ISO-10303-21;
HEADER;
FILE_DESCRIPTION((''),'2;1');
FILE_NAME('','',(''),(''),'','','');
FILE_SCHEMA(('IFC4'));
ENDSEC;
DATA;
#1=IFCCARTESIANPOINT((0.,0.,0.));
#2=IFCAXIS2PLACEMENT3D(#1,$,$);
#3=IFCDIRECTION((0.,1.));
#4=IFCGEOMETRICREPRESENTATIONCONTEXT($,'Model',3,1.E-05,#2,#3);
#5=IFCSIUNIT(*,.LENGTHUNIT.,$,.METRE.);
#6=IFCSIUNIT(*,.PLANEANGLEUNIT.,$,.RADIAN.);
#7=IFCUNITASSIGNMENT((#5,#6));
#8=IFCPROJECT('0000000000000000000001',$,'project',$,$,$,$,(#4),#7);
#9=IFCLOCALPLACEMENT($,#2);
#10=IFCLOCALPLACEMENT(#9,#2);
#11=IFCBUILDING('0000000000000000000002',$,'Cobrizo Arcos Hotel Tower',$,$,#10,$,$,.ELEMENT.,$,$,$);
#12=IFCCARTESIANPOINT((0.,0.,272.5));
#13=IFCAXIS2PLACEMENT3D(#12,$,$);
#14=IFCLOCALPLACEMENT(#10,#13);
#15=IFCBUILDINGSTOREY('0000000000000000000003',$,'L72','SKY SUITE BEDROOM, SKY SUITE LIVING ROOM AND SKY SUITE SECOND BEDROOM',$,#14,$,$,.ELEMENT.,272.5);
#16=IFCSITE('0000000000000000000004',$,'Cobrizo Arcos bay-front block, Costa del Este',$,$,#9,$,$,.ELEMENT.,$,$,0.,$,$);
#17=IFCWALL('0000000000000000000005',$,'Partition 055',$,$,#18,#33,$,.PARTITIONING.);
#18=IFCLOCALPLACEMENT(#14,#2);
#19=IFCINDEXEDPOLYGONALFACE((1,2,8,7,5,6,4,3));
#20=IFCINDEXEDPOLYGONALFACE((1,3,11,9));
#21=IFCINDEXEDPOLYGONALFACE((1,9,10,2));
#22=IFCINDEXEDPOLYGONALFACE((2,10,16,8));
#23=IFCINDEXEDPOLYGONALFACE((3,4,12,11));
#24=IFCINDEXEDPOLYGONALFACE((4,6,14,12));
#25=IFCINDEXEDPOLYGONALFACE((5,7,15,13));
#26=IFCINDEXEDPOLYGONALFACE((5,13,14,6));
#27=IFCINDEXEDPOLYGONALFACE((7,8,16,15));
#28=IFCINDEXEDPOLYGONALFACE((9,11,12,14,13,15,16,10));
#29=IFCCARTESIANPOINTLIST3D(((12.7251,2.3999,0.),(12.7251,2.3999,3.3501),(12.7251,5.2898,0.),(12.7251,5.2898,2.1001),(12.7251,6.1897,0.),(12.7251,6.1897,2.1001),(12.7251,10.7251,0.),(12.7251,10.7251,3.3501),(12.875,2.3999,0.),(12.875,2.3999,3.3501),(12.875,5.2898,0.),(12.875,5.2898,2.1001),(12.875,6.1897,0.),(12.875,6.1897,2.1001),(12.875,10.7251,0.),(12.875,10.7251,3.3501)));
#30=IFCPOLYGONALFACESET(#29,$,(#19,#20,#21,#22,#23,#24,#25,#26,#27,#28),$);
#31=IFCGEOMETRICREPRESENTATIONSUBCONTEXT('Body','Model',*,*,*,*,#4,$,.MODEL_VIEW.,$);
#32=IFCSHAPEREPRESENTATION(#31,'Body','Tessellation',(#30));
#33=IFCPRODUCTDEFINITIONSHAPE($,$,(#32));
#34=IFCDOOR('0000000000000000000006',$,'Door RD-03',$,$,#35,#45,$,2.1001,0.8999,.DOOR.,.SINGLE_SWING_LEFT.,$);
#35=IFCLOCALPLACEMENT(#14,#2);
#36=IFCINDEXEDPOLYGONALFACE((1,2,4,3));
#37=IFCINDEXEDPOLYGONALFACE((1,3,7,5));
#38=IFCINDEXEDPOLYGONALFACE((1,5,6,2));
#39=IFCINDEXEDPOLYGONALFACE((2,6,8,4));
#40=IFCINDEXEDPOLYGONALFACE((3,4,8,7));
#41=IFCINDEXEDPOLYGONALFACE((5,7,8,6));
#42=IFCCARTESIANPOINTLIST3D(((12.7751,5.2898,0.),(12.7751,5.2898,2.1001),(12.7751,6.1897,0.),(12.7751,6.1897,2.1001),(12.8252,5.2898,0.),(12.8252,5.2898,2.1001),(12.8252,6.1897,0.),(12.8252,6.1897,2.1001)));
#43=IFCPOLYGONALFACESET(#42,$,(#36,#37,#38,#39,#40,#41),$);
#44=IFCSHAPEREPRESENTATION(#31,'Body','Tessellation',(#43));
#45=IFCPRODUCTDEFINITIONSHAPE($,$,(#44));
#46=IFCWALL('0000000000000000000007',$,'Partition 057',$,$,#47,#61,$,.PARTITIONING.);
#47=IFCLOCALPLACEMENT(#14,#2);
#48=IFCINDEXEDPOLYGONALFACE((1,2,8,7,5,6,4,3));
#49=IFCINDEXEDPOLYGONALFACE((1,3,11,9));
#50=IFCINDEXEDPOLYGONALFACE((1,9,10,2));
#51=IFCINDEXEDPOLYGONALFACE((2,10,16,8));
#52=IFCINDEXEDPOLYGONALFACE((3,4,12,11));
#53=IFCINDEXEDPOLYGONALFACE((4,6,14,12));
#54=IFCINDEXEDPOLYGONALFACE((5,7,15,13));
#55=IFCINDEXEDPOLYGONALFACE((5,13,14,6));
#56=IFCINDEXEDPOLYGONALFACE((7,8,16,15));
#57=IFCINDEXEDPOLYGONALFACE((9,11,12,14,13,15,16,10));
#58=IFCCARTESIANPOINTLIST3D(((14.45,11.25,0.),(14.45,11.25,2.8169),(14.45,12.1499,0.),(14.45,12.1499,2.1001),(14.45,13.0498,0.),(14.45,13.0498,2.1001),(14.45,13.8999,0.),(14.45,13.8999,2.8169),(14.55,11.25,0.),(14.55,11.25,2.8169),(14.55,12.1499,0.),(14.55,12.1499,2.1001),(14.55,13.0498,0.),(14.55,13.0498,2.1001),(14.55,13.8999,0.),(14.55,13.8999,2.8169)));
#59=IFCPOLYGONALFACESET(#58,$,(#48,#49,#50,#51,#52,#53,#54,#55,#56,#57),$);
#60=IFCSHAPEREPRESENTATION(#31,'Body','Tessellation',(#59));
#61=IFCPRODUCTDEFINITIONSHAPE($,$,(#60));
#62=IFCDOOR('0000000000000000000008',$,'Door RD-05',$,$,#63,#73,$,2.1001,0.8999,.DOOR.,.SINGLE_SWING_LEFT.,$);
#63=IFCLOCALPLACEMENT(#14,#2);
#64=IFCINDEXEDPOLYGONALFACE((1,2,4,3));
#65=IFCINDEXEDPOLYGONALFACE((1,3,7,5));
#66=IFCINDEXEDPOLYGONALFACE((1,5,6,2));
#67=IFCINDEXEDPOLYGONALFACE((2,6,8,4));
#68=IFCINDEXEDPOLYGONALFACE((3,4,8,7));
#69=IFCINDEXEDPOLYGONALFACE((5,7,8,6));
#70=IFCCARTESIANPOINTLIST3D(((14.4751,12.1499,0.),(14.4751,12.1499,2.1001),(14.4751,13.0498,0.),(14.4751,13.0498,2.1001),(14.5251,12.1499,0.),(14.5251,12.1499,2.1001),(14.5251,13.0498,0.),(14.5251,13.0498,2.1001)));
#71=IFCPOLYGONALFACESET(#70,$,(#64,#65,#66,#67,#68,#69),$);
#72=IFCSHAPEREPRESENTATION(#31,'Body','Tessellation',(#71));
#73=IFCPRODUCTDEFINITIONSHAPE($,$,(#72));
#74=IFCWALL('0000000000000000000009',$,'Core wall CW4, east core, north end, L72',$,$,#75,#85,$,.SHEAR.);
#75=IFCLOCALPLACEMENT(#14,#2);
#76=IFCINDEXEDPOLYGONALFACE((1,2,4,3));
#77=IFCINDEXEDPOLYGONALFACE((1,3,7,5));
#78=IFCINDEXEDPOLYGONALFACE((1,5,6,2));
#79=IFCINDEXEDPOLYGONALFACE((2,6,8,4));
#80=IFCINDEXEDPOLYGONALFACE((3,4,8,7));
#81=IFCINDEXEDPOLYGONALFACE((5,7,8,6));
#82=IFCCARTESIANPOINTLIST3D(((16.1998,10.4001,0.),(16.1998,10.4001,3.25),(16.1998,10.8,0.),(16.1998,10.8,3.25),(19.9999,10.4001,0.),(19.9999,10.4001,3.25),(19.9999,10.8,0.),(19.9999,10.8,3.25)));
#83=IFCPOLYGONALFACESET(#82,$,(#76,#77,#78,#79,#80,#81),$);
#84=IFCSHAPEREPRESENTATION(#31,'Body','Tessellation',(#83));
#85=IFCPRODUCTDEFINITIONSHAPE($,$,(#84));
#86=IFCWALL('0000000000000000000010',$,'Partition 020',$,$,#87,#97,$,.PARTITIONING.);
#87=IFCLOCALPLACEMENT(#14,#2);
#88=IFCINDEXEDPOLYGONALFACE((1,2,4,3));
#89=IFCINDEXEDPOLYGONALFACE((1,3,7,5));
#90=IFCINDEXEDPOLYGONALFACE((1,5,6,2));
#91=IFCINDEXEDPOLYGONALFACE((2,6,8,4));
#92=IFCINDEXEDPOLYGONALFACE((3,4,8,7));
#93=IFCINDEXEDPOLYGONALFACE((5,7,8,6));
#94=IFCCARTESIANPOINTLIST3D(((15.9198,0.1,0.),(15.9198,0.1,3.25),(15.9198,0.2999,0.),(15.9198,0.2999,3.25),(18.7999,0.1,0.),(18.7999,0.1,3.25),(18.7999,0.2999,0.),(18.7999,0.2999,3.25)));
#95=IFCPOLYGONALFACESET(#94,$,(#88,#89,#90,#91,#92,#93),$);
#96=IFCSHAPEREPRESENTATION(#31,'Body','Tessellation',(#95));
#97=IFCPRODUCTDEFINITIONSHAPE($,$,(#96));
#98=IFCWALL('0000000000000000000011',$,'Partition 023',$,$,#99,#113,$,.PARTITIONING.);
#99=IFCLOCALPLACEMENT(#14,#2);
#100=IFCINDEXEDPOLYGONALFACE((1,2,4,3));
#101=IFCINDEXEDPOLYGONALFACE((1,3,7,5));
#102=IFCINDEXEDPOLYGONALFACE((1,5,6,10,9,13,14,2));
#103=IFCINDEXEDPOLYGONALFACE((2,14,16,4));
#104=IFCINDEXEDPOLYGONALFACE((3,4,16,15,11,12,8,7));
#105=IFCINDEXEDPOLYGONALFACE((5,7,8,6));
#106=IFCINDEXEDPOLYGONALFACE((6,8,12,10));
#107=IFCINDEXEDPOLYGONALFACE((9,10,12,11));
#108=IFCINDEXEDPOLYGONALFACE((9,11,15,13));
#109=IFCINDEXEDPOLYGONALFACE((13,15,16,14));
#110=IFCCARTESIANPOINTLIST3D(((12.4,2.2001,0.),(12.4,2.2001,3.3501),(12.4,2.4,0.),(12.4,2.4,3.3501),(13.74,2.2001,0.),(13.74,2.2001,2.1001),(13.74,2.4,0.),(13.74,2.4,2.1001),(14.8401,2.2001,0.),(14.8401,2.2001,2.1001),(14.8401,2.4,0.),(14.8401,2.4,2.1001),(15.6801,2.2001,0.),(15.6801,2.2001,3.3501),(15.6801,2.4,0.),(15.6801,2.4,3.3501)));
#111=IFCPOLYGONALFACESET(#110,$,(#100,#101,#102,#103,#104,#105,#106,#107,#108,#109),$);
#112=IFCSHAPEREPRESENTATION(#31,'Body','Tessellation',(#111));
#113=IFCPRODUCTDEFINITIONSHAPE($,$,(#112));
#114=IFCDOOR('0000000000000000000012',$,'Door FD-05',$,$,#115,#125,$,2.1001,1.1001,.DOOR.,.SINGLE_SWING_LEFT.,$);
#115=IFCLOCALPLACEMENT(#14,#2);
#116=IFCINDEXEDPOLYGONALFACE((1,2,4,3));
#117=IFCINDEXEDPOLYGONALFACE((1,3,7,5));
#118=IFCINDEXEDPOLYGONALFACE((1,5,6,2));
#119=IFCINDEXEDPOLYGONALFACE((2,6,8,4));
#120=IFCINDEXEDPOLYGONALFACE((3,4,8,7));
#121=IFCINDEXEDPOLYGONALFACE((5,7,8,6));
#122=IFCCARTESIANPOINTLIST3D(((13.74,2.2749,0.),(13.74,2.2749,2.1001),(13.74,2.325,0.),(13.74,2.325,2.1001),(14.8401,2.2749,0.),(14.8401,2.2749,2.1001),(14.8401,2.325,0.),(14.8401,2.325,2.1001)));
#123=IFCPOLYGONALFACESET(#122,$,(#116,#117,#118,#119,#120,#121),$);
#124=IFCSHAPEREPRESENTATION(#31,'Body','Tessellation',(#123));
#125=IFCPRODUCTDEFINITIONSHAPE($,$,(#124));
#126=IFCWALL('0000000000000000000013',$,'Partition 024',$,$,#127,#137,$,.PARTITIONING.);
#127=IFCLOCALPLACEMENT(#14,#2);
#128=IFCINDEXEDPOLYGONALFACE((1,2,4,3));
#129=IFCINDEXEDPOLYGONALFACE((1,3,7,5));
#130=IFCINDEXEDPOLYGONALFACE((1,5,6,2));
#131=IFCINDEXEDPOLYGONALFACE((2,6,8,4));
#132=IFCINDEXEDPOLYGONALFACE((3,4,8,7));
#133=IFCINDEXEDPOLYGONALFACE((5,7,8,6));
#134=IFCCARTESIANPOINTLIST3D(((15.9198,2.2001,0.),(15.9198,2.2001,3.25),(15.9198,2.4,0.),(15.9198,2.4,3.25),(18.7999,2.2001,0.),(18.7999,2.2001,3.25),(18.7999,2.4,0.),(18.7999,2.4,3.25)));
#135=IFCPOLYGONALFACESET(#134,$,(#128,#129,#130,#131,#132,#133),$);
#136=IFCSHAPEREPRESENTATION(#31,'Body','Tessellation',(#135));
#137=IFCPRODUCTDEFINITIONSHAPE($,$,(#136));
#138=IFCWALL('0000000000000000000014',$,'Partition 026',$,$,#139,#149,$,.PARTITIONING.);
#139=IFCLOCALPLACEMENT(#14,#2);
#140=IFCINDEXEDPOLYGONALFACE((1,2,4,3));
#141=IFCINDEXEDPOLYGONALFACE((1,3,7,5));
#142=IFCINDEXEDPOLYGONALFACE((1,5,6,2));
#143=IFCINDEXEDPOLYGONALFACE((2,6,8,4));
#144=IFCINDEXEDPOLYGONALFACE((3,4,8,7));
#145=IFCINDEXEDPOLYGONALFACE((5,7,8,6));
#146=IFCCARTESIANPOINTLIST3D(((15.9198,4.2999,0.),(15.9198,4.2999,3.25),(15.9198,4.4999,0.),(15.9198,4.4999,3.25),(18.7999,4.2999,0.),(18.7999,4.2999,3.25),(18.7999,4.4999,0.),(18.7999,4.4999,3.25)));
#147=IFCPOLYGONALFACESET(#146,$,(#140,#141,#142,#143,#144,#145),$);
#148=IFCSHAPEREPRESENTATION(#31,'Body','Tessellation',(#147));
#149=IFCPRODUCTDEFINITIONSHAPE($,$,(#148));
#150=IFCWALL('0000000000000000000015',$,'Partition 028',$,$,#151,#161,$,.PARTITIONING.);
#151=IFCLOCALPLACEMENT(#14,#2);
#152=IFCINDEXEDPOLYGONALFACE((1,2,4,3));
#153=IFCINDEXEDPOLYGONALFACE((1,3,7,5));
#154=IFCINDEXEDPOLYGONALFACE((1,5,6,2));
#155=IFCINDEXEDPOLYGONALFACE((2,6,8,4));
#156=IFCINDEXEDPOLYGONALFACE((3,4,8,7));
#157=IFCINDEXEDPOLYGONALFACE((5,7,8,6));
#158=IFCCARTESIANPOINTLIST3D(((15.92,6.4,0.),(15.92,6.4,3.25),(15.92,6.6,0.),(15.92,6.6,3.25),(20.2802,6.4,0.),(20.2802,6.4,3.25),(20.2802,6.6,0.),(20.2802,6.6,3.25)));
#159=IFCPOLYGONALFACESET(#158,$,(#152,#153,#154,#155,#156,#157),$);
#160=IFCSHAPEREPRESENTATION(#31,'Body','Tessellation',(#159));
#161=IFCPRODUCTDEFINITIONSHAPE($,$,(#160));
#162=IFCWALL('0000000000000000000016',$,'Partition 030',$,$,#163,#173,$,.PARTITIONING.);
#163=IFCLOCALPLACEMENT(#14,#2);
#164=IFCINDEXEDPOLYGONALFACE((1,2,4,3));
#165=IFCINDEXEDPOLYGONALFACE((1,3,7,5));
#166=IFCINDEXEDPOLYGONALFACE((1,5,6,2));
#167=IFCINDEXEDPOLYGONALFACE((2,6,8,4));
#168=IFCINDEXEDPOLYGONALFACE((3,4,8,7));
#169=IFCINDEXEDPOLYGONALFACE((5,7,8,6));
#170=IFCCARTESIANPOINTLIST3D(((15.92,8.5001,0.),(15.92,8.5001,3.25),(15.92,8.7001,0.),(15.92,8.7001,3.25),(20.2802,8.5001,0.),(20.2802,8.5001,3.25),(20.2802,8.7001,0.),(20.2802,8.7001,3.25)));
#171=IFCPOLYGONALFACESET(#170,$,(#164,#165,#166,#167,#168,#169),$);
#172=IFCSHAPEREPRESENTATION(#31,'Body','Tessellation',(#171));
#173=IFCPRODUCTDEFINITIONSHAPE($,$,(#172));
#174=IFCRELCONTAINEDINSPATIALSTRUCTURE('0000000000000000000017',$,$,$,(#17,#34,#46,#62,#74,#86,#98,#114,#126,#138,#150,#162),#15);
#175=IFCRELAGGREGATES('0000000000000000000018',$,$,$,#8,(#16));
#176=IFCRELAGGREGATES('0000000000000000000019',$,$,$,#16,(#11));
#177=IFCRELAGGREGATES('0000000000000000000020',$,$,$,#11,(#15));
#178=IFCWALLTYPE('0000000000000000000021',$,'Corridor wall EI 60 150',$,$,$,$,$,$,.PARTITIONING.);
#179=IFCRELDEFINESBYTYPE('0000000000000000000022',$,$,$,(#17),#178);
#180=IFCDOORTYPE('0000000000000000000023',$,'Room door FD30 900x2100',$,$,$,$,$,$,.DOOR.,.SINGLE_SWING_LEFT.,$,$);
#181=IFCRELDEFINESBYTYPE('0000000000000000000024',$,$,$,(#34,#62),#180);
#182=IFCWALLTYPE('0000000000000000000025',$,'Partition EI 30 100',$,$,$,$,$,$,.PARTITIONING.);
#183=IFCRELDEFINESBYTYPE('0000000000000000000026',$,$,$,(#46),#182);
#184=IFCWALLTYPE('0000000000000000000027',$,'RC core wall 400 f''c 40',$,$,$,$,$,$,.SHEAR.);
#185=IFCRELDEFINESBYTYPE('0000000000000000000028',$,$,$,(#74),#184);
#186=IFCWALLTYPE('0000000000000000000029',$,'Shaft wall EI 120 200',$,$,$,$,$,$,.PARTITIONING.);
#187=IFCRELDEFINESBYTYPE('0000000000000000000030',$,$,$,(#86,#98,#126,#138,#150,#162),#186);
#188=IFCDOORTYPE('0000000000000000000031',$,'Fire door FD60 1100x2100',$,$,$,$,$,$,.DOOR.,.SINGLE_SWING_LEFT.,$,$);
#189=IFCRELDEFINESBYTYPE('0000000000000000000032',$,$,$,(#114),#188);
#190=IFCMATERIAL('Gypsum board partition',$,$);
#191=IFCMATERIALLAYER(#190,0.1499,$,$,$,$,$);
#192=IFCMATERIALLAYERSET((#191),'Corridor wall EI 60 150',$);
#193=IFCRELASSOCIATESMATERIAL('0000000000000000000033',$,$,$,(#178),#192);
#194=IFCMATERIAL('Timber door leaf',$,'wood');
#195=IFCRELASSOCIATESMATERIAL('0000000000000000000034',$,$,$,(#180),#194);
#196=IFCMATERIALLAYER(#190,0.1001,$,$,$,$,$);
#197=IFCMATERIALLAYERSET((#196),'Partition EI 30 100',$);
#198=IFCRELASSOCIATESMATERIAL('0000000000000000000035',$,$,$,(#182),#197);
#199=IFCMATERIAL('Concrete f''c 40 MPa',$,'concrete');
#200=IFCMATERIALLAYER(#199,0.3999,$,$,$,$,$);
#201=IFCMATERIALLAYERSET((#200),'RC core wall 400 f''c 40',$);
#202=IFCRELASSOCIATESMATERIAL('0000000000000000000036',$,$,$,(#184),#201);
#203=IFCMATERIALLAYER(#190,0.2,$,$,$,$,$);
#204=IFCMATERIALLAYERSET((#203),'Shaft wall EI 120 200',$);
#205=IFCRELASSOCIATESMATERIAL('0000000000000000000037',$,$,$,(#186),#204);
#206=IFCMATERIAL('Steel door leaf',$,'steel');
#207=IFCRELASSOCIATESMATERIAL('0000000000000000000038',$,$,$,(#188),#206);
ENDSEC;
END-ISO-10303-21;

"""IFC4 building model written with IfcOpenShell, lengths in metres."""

from ifc_helpers import new_model, si_unit, direction, frame, frame_2d, origin, place, context, subcontext, project, spatial, rectangle, extrude, material, layer, layer_set, type_object, element, fill, save


model = new_model("IFC4")

# Units and contexts
model_context = context("Model", 3, precision=1e-05, world=origin(), true_north=direction((0.0, 1.0)))
body_context = subcontext(model_context, "Body", "Model", "MODEL_VIEW")
ifc_project = project(units=[si_unit("LENGTHUNIT", "METRE"), si_unit("PLANEANGLEUNIT", "RADIAN")], contexts=[model_context])

# Site, building, storey
site_placement = place(None, origin())
site = spatial("IfcSite", under=ifc_project, at=site_placement, Name="Cobrizo Arcos bay-front block, Costa del Este", CompositionType="ELEMENT", RefElevation=0.0)
building_placement = place(site_placement, origin())
building = spatial("IfcBuilding", under=site, at=building_placement, Name="Cobrizo Arcos Hotel Tower", CompositionType="ELEMENT")
storey_placement = place(building_placement, frame((0.0, 0.0, 272.5)))
storey = spatial("IfcBuildingStorey", under=building, at=storey_placement, Name="L72", Description="SKY SUITE BEDROOM, SKY SUITE LIVING ROOM AND SKY SUITE SECOND BEDROOM", CompositionType="ELEMENT", Elevation=272.5)

# Shared definitions
ifc_material_1 = material(Name="Gypsum board partition")
ifc_layer_1 = layer(ifc_material_1, 0.1499)
ifc_layer_set_1 = layer_set([ifc_layer_1], Name="Corridor wall EI 60 150")
wall_type_1 = type_object("IfcWallType", Name="Corridor wall EI 60 150", PredefinedType="PARTITIONING", material=ifc_layer_set_1)

# Walls, openings, doors
wall_1_placement = place(storey_placement, frame((12.8, 2.3999, 0.0), z_axis=(0.0, 0.0, 1.0), x_axis=(0.0, 1.0, 0.0)))
wall_1 = element("IfcWall", 1, at=wall_1_placement, inside=storey, type_object=wall_type_1, Name="Partition 055", PredefinedType="PARTITIONING", context=body_context, shape_type="SweptSolid", body=[
    extrude(rectangle(XDim=8.3252, YDim=0.1499, at=frame_2d((4.1626, 0.0))), origin(), (0.0, 0.0, 1.0), 3.3501),
])
opening_1_placement = place(wall_1_placement, frame((2.8899, 0.0, 0.0)))
opening_1 = element("IfcOpeningElement", 2, at=opening_1_placement, cuts=wall_1, PredefinedType="OPENING", context=body_context, shape_type="SweptSolid", body=[
    extrude(rectangle(XDim=0.8999, YDim=2.1001, at=frame_2d((0.45, 1.05))), frame((0.0, 0.0869, 0.0), z_axis=(0.0, -1.0, 0.0), x_axis=(1.0, 0.0, 0.0)), (0.0, 0.0, 1.0), 0.1738),
])
ifc_material_2 = material(Name="Timber door leaf", Category="wood")
door_type_1 = type_object("IfcDoorType", Name="Room door FD30 900x2100", OperationType="SINGLE_SWING_LEFT", PredefinedType="DOOR", material=ifc_material_2)
door_1_placement = place(opening_1_placement, origin())
door_1 = element("IfcDoor", 3, at=door_1_placement, inside=storey, type_object=door_type_1, Name="Door RD-03", OperationType="SINGLE_SWING_LEFT", OverallHeight=2.1001, OverallWidth=0.8999, PredefinedType="DOOR", context=body_context, shape_type="SweptSolid", body=[
    extrude(rectangle(XDim=0.8999, YDim=2.1001, at=frame_2d((0.45, 1.05))), frame((0.0, 0.0249, 0.0), z_axis=(0.0, -1.0, 0.0), x_axis=(1.0, 0.0, 0.0)), (0.0, 0.0, 1.0), 0.05),
])
fill(opening_1, door_1)
ifc_layer_2 = layer(ifc_material_1, 0.1001)
ifc_layer_set_2 = layer_set([ifc_layer_2], Name="Partition EI 30 100")
wall_type_2 = type_object("IfcWallType", Name="Partition EI 30 100", PredefinedType="PARTITIONING", material=ifc_layer_set_2)
wall_2_placement = place(storey_placement, frame((14.5, 11.25, 0.0), z_axis=(0.0, 0.0, 1.0), x_axis=(0.0, 1.0, 0.0)))
wall_2 = element("IfcWall", 4, at=wall_2_placement, inside=storey, type_object=wall_type_2, Name="Partition 057", PredefinedType="PARTITIONING", context=body_context, shape_type="SweptSolid", body=[
    extrude(rectangle(XDim=2.6499, YDim=0.1001, at=frame_2d((1.325, 0.0))), origin(), (0.0, 0.0, 1.0), 2.8169),
])
opening_2_placement = place(wall_2_placement, frame((0.8999, 0.0, 0.0)))
opening_2 = element("IfcOpeningElement", 5, at=opening_2_placement, cuts=wall_2, PredefinedType="OPENING", context=body_context, shape_type="SweptSolid", body=[
    extrude(rectangle(XDim=0.8999, YDim=2.1001, at=frame_2d((0.45, 1.05))), frame((0.0, 0.062, 0.0), z_axis=(0.0, -1.0, 0.0), x_axis=(1.0, 0.0, 0.0)), (0.0, 0.0, 1.0), 0.124),
])
door_2_placement = place(opening_2_placement, origin())
door_2 = element("IfcDoor", 6, at=door_2_placement, inside=storey, type_object=door_type_1, Name="Door RD-05", OperationType="SINGLE_SWING_LEFT", OverallHeight=2.1001, OverallWidth=0.8999, PredefinedType="DOOR", context=body_context, shape_type="SweptSolid", body=[
    extrude(rectangle(XDim=0.8999, YDim=2.1001, at=frame_2d((0.45, 1.05))), frame((0.0, 0.0249, 0.0), z_axis=(0.0, -1.0, 0.0), x_axis=(1.0, 0.0, 0.0)), (0.0, 0.0, 1.0), 0.05),
])
fill(opening_2, door_2)

# Walls
ifc_material_3 = material(Name="Concrete f'c 40 MPa", Category="concrete")
ifc_layer_3 = layer(ifc_material_3, 0.3999)
ifc_layer_set_3 = layer_set([ifc_layer_3], Name="RC core wall 400 f'c 40")
wall_type_3 = type_object("IfcWallType", Name="RC core wall 400 f'c 40", PredefinedType="SHEAR", material=ifc_layer_set_3)
wall_3_placement = place(storey_placement, frame((16.2, 10.6001, 0.0), z_axis=(0.0, 0.0, 1.0), x_axis=(1.0, 0.0, 0.0)))
element("IfcWall", 7, at=wall_3_placement, inside=storey, type_object=wall_type_3, Name="Core wall CW4, east core, north end, L72", PredefinedType="SHEAR", context=body_context, shape_type="SweptSolid", body=[
    extrude(rectangle(XDim=3.8, YDim=0.3999, at=frame_2d((1.8999, 0.0))), origin(), (0.0, 0.0, 1.0), 3.25),
])
ifc_layer_4 = layer(ifc_material_1, 0.2)
ifc_layer_set_4 = layer_set([ifc_layer_4], Name="Shaft wall EI 120 200")
wall_type_4 = type_object("IfcWallType", Name="Shaft wall EI 120 200", PredefinedType="PARTITIONING", material=ifc_layer_set_4)
wall_4_placement = place(storey_placement, frame((15.9199, 0.2, 0.0), z_axis=(0.0, 0.0, 1.0), x_axis=(1.0, 0.0, 0.0)))
element("IfcWall", 8, at=wall_4_placement, inside=storey, type_object=wall_type_4, Name="Partition 020", PredefinedType="PARTITIONING", context=body_context, shape_type="SweptSolid", body=[
    extrude(rectangle(XDim=2.8801, YDim=0.2, at=frame_2d((1.4399, 0.0))), origin(), (0.0, 0.0, 1.0), 3.25),
])

# Wall, opening, door
wall_5_placement = place(storey_placement, frame((12.3999, 2.3, 0.0), z_axis=(0.0, 0.0, 1.0), x_axis=(1.0, 0.0, 0.0)))
wall_5 = element("IfcWall", 9, at=wall_5_placement, inside=storey, type_object=wall_type_4, Name="Partition 023", PredefinedType="PARTITIONING", context=body_context, shape_type="SweptSolid", body=[
    extrude(rectangle(XDim=3.28, YDim=0.2, at=frame_2d((1.6401, 0.0))), origin(), (0.0, 0.0, 1.0), 3.3501),
])
opening_3_placement = place(wall_5_placement, frame((1.3401, 0.0, 0.0)))
opening_3 = element("IfcOpeningElement", 10, at=opening_3_placement, cuts=wall_5, PredefinedType="OPENING", context=body_context, shape_type="SweptSolid", body=[
    extrude(rectangle(XDim=1.1001, YDim=2.1001, at=frame_2d((0.55, 1.05))), frame((0.0, 0.1121, 0.0), z_axis=(0.0, -1.0, 0.0), x_axis=(1.0, 0.0, 0.0)), (0.0, 0.0, 1.0), 0.2239),
])
ifc_material_4 = material(Name="Steel door leaf", Category="steel")
door_type_2 = type_object("IfcDoorType", Name="Fire door FD60 1100x2100", OperationType="SINGLE_SWING_LEFT", PredefinedType="DOOR", material=ifc_material_4)
door_3_placement = place(opening_3_placement, origin())
door_3 = element("IfcDoor", 11, at=door_3_placement, inside=storey, type_object=door_type_2, Name="Door FD-05", OperationType="SINGLE_SWING_LEFT", OverallHeight=2.1001, OverallWidth=1.1001, PredefinedType="DOOR", context=body_context, shape_type="SweptSolid", body=[
    extrude(rectangle(XDim=1.1001, YDim=2.1001, at=frame_2d((0.55, 1.05))), frame((0.0, 0.0249, 0.0), z_axis=(0.0, -1.0, 0.0), x_axis=(1.0, 0.0, 0.0)), (0.0, 0.0, 1.0), 0.05),
])
fill(opening_3, door_3)

# Walls
for number, where, z_axis, x_axis, name in (
    (12, (15.9199, 2.3, 0.0), (0.0, 0.0, 1.0), (1.0, 0.0, 0.0), "Partition 024"),
    (13, (15.9199, 4.3999, 0.0), (0.0, 0.0, 1.0), (1.0, 0.0, 0.0), "Partition 026"),
):
    element("IfcWall", number, at=place(storey_placement, frame(where, z_axis=z_axis, x_axis=x_axis)), inside=storey, type_object=wall_type_4, Name=name, PredefinedType="PARTITIONING", context=body_context, shape_type="SweptSolid", body=[
        extrude(rectangle(XDim=2.8801, YDim=0.2, at=frame_2d((1.4399, 0.0))), origin(), (0.0, 0.0, 1.0), 3.25),
    ])
for number, where, z_axis, x_axis, name in (
    (14, (15.9199, 6.5, 0.0), (0.0, 0.0, 1.0), (1.0, 0.0, 0.0), "Partition 028"),
    (15, (15.9199, 8.6001, 0.0), (0.0, 0.0, 1.0), (1.0, 0.0, 0.0), "Partition 030"),
):
    element("IfcWall", number, at=place(storey_placement, frame(where, z_axis=z_axis, x_axis=x_axis)), inside=storey, type_object=wall_type_4, Name=name, PredefinedType="PARTITIONING", context=body_context, shape_type="SweptSolid", body=[
        extrude(rectangle(XDim=4.3601, YDim=0.2, at=frame_2d((2.1802, 0.0))), origin(), (0.0, 0.0, 1.0), 3.25),
    ])

save(model, "model.ifc")
